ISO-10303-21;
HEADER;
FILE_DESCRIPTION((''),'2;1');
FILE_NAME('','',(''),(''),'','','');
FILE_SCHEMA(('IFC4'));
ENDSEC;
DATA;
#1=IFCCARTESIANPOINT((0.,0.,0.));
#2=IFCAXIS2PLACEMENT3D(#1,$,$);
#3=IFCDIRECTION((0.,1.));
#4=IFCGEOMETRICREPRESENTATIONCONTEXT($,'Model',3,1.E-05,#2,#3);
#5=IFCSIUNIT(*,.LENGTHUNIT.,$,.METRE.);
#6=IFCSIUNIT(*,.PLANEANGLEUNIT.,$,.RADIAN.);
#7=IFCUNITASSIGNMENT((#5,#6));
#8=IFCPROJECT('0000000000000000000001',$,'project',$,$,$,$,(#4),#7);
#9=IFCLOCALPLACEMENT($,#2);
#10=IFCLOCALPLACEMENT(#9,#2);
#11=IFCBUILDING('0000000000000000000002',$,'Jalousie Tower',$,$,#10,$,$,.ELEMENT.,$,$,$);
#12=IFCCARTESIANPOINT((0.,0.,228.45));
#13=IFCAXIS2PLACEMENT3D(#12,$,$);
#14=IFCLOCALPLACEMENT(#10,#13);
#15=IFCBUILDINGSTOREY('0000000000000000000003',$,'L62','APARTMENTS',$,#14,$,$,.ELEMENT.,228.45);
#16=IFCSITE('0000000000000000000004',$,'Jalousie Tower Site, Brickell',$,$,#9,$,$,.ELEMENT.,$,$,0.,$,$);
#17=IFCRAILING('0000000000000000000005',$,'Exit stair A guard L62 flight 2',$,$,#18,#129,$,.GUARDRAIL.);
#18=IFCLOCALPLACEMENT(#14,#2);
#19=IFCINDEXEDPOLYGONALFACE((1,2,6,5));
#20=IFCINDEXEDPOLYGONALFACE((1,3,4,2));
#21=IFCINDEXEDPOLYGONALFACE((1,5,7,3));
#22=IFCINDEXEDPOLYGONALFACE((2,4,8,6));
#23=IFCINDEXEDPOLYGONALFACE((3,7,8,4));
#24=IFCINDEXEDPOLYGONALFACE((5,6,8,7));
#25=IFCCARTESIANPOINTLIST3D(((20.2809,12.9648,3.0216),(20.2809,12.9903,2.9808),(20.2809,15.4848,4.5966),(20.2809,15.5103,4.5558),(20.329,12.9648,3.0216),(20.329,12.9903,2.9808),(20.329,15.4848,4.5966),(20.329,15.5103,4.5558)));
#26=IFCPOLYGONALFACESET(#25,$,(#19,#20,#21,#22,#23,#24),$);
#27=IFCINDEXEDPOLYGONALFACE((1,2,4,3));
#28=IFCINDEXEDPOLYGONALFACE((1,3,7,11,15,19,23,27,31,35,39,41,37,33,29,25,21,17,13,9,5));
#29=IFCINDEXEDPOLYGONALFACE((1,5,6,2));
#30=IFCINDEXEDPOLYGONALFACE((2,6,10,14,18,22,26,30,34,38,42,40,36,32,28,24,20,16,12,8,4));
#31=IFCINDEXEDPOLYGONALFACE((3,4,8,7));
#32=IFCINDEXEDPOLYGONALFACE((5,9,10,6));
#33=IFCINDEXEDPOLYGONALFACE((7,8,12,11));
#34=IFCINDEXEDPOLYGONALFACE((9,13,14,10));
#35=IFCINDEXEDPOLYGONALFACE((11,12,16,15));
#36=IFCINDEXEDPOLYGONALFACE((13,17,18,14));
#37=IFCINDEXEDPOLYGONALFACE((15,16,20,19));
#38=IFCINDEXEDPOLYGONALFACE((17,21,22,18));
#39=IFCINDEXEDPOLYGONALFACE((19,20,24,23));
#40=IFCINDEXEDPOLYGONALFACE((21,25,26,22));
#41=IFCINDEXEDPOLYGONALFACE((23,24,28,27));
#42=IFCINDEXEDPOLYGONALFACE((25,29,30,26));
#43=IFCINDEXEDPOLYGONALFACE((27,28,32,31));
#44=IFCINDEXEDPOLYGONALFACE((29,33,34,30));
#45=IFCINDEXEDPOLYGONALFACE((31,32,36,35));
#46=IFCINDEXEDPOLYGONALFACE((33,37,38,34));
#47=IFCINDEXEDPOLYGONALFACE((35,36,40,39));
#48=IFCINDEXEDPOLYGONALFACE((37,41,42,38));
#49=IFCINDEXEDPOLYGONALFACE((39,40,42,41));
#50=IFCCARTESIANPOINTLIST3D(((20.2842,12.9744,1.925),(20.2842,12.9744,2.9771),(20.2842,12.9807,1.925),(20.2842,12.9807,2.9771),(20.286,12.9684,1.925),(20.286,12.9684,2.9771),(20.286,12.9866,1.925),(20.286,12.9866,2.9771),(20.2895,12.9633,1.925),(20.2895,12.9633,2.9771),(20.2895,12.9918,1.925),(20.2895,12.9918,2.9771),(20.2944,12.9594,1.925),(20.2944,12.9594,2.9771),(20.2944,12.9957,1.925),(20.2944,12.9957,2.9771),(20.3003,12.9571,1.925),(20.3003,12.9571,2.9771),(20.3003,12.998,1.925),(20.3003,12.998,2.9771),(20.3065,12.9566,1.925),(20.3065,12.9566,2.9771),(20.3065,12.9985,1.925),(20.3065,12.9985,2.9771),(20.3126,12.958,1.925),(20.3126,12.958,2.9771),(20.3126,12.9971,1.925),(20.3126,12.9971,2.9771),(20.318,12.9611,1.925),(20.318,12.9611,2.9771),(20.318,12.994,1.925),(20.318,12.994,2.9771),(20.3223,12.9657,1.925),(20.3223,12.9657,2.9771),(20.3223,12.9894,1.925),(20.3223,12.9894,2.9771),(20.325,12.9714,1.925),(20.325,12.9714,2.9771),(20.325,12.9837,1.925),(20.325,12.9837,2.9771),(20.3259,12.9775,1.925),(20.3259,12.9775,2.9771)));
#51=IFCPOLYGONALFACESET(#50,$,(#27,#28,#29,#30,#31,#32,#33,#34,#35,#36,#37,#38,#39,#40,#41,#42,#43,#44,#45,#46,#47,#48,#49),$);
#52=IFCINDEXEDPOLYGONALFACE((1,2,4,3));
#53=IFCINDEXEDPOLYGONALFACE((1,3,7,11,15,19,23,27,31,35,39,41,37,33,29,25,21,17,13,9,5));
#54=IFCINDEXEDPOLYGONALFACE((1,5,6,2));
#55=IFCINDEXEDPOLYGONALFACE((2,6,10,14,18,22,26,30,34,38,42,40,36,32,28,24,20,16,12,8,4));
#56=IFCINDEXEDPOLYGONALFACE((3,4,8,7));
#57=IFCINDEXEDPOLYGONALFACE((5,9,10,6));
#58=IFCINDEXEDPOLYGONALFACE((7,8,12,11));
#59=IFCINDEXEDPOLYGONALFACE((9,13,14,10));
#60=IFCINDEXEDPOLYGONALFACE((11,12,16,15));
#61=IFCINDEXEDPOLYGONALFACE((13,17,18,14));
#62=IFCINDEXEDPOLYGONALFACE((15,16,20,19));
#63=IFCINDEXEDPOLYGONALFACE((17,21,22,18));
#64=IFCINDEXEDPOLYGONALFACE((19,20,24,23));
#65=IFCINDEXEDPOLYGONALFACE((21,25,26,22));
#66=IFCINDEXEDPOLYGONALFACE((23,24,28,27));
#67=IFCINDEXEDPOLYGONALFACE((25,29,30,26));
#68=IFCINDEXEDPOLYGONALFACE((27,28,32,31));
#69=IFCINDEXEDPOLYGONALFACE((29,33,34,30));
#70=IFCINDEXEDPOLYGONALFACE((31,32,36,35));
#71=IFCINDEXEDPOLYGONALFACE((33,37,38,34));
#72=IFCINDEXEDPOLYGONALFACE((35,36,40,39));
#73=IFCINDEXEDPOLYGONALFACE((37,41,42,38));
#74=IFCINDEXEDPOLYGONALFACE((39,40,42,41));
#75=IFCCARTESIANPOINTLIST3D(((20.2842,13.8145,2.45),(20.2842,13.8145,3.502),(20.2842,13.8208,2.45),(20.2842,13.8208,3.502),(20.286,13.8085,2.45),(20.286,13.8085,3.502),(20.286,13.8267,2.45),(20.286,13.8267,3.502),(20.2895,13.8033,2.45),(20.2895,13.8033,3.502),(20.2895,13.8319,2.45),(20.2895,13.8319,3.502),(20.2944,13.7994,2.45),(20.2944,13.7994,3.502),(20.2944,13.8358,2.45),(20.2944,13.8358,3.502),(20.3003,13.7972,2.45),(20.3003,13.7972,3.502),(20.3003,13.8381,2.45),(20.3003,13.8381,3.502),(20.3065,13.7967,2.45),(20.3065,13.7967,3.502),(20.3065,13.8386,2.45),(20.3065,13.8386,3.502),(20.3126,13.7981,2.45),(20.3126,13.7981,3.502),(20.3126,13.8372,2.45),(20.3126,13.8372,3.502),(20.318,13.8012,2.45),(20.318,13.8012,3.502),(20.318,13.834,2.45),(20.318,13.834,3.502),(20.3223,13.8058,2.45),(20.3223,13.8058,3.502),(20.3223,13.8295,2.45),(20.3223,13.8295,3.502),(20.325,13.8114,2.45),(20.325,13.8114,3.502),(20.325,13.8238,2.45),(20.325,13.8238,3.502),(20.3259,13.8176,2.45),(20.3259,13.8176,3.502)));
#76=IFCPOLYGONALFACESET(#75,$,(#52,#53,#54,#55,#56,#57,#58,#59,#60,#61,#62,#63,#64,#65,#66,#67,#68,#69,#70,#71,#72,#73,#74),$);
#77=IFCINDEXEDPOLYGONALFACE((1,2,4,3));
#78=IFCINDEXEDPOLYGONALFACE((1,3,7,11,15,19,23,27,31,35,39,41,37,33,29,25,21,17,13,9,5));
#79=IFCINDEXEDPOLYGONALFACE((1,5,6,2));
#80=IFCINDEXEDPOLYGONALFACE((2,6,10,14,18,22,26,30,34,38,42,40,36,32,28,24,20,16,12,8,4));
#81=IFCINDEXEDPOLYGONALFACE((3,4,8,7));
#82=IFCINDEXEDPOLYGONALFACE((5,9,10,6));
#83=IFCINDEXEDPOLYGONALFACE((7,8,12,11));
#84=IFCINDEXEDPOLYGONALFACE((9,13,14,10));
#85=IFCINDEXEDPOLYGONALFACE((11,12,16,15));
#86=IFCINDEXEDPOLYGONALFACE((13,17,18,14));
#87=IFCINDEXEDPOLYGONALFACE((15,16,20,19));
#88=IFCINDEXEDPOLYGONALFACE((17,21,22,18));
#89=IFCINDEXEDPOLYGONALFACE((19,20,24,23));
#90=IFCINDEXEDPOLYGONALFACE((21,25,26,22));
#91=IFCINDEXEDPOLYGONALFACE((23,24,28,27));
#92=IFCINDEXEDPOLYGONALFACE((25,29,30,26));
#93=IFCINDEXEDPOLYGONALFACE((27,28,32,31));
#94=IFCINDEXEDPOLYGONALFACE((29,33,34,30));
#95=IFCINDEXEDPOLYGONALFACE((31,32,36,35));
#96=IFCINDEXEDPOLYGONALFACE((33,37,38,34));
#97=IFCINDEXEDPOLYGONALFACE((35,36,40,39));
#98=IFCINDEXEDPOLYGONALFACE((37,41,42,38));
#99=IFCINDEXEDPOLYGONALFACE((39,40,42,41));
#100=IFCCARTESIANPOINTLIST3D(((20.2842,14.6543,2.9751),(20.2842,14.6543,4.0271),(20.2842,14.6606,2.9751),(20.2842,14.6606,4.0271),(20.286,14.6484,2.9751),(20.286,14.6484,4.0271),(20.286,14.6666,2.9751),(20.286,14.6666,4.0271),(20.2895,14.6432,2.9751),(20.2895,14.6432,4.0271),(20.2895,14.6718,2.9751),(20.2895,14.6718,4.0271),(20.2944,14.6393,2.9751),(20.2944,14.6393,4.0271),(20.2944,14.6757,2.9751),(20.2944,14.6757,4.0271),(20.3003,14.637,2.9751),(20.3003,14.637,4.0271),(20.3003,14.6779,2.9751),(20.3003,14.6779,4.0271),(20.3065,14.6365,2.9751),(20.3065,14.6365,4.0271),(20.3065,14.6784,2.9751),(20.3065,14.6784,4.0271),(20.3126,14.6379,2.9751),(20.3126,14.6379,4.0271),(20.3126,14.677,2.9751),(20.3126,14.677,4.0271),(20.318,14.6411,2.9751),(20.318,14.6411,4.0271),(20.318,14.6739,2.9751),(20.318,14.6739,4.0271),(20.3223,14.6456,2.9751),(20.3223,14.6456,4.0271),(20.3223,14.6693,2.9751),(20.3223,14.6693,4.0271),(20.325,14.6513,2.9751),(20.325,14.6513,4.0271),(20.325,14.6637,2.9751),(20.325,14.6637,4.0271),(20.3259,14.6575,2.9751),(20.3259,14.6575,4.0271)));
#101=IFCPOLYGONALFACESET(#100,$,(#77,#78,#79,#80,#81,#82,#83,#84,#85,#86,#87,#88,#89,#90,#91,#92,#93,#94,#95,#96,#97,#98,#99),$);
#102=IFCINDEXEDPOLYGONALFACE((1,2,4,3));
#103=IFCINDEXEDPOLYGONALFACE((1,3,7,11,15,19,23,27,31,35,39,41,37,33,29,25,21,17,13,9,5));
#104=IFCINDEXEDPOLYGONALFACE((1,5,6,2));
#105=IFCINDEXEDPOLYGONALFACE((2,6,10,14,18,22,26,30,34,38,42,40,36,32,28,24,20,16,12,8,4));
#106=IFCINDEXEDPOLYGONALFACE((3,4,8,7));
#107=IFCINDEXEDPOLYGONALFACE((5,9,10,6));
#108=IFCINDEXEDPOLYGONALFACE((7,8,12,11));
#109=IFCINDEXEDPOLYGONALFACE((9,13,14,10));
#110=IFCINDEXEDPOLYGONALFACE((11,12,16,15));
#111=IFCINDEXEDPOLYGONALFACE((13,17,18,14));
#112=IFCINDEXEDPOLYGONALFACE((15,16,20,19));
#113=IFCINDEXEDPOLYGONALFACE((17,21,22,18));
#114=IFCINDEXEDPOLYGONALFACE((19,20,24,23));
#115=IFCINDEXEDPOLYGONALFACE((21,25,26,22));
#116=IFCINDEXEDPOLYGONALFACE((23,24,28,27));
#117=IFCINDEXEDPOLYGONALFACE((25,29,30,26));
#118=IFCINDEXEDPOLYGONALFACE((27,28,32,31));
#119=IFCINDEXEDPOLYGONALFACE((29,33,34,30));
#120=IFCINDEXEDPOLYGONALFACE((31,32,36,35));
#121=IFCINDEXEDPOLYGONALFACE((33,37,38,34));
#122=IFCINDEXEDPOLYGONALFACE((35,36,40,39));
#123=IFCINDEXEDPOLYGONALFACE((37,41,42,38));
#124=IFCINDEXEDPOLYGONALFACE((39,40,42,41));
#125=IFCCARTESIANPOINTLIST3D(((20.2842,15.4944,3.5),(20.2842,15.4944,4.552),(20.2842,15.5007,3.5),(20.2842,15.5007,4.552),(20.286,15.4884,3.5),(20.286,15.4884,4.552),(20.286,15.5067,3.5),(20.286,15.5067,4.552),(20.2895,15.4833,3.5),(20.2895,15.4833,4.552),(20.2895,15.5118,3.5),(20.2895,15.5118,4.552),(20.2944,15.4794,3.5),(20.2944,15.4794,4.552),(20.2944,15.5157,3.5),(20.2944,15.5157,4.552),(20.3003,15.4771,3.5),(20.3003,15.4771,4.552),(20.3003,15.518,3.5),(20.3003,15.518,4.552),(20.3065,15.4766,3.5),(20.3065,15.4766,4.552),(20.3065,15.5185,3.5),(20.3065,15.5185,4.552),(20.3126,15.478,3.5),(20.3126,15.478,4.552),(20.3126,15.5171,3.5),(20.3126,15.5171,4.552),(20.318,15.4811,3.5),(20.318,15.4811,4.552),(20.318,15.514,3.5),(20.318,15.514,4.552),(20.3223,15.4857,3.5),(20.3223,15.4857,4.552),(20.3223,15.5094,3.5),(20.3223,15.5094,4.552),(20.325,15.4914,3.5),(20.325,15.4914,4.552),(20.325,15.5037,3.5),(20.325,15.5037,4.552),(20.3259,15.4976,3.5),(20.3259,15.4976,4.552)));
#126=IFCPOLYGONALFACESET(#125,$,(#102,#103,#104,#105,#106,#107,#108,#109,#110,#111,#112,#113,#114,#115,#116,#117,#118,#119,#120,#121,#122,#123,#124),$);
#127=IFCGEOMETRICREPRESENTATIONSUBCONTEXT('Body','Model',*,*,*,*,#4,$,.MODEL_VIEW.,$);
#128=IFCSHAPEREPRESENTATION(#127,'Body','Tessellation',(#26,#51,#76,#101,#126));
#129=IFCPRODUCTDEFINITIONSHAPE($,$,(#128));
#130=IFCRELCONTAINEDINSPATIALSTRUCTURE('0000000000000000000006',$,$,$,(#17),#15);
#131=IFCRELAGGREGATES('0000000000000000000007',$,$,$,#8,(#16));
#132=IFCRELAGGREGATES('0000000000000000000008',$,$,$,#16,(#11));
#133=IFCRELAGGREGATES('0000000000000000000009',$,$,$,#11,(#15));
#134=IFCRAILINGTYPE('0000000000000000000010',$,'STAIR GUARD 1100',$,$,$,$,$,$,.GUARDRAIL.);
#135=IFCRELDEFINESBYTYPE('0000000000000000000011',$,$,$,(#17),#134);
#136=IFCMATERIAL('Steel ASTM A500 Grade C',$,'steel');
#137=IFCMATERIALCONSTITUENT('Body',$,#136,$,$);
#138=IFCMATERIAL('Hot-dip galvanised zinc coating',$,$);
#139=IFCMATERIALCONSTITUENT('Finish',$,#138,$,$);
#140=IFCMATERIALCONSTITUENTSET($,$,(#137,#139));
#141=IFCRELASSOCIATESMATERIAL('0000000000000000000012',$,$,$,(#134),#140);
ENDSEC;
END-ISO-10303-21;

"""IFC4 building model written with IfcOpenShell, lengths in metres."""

from ifc_helpers import new_model, si_unit, direction, frame, origin, origin_2d, place, context, subcontext, project, spatial, rectangle, circle, extrude, material, constituent, constituent_set, type_object, element, save


model = new_model("IFC4")

# Units and contexts
model_context = context("Model", 3, precision=1e-05, world=origin(), true_north=direction((0.0, 1.0)))
body_context = subcontext(model_context, "Body", "Model", "MODEL_VIEW")
ifc_project = project(units=[si_unit("LENGTHUNIT", "METRE"), si_unit("PLANEANGLEUNIT", "RADIAN")], contexts=[model_context])

# Site, building, storey
site_placement = place(None, origin())
site = spatial("IfcSite", under=ifc_project, at=site_placement, Name="Jalousie Tower Site, Brickell", CompositionType="ELEMENT", RefElevation=0.0)
building_placement = place(site_placement, origin())
building = spatial("IfcBuilding", under=site, at=building_placement, Name="Jalousie Tower", CompositionType="ELEMENT")
storey_placement = place(building_placement, frame((0.0, 0.0, 228.45)))
storey = spatial("IfcBuildingStorey", under=building, at=storey_placement, Name="L62", Description="APARTMENTS", CompositionType="ELEMENT", Elevation=228.45)

# Railing
ifc_material_1 = material(Name="Steel ASTM A500 Grade C", Category="steel")
ifc_constituent_1 = constituent(ifc_material_1, Name="Body")
ifc_material_2 = material(Name="Hot-dip galvanised zinc coating")
ifc_constituent_2 = constituent(ifc_material_2, Name="Finish")
ifc_constituent_set_1 = constituent_set(constituents=[ifc_constituent_1, ifc_constituent_2])
railing_type = type_object("IfcRailingType", Name="STAIR GUARD 1100", PredefinedType="GUARDRAIL", material=ifc_constituent_set_1)
railing_placement = place(storey_placement, frame((20.3049, 12.9775, 1.925)))
element("IfcRailing", 1, at=railing_placement, inside=storey, type_object=railing_type, Name="Exit stair A guard L62 flight 2", PredefinedType="GUARDRAIL", context=body_context, shape_type="SweptSolid", body=[
    extrude(rectangle(XDim=0.0481, YDim=0.0481, at=origin_2d()), frame((0.0, 0.0, 1.0762), z_axis=(0.0, 0.848008, 0.529984), x_axis=(-1.0, 0.0, 0.0)), (0.0, 0.0, 1.0), 2.9717),
    extrude(circle(Radius=0.021, at=origin_2d()), origin(), (0.0, 0.0, 1.0), 1.052),
    extrude(circle(Radius=0.021, at=origin_2d()), frame((0.0, 0.8401, 0.5249)), (0.0, 0.0, 1.0), 1.052),
    extrude(circle(Radius=0.021, at=origin_2d()), frame((0.0, 1.6799, 1.05)), (0.0, 0.0, 1.0), 1.052),
    extrude(circle(Radius=0.021, at=origin_2d()), frame((0.0, 2.52, 1.575)), (0.0, 0.0, 1.0), 1.052),
])

save(model, "model.ifc")
